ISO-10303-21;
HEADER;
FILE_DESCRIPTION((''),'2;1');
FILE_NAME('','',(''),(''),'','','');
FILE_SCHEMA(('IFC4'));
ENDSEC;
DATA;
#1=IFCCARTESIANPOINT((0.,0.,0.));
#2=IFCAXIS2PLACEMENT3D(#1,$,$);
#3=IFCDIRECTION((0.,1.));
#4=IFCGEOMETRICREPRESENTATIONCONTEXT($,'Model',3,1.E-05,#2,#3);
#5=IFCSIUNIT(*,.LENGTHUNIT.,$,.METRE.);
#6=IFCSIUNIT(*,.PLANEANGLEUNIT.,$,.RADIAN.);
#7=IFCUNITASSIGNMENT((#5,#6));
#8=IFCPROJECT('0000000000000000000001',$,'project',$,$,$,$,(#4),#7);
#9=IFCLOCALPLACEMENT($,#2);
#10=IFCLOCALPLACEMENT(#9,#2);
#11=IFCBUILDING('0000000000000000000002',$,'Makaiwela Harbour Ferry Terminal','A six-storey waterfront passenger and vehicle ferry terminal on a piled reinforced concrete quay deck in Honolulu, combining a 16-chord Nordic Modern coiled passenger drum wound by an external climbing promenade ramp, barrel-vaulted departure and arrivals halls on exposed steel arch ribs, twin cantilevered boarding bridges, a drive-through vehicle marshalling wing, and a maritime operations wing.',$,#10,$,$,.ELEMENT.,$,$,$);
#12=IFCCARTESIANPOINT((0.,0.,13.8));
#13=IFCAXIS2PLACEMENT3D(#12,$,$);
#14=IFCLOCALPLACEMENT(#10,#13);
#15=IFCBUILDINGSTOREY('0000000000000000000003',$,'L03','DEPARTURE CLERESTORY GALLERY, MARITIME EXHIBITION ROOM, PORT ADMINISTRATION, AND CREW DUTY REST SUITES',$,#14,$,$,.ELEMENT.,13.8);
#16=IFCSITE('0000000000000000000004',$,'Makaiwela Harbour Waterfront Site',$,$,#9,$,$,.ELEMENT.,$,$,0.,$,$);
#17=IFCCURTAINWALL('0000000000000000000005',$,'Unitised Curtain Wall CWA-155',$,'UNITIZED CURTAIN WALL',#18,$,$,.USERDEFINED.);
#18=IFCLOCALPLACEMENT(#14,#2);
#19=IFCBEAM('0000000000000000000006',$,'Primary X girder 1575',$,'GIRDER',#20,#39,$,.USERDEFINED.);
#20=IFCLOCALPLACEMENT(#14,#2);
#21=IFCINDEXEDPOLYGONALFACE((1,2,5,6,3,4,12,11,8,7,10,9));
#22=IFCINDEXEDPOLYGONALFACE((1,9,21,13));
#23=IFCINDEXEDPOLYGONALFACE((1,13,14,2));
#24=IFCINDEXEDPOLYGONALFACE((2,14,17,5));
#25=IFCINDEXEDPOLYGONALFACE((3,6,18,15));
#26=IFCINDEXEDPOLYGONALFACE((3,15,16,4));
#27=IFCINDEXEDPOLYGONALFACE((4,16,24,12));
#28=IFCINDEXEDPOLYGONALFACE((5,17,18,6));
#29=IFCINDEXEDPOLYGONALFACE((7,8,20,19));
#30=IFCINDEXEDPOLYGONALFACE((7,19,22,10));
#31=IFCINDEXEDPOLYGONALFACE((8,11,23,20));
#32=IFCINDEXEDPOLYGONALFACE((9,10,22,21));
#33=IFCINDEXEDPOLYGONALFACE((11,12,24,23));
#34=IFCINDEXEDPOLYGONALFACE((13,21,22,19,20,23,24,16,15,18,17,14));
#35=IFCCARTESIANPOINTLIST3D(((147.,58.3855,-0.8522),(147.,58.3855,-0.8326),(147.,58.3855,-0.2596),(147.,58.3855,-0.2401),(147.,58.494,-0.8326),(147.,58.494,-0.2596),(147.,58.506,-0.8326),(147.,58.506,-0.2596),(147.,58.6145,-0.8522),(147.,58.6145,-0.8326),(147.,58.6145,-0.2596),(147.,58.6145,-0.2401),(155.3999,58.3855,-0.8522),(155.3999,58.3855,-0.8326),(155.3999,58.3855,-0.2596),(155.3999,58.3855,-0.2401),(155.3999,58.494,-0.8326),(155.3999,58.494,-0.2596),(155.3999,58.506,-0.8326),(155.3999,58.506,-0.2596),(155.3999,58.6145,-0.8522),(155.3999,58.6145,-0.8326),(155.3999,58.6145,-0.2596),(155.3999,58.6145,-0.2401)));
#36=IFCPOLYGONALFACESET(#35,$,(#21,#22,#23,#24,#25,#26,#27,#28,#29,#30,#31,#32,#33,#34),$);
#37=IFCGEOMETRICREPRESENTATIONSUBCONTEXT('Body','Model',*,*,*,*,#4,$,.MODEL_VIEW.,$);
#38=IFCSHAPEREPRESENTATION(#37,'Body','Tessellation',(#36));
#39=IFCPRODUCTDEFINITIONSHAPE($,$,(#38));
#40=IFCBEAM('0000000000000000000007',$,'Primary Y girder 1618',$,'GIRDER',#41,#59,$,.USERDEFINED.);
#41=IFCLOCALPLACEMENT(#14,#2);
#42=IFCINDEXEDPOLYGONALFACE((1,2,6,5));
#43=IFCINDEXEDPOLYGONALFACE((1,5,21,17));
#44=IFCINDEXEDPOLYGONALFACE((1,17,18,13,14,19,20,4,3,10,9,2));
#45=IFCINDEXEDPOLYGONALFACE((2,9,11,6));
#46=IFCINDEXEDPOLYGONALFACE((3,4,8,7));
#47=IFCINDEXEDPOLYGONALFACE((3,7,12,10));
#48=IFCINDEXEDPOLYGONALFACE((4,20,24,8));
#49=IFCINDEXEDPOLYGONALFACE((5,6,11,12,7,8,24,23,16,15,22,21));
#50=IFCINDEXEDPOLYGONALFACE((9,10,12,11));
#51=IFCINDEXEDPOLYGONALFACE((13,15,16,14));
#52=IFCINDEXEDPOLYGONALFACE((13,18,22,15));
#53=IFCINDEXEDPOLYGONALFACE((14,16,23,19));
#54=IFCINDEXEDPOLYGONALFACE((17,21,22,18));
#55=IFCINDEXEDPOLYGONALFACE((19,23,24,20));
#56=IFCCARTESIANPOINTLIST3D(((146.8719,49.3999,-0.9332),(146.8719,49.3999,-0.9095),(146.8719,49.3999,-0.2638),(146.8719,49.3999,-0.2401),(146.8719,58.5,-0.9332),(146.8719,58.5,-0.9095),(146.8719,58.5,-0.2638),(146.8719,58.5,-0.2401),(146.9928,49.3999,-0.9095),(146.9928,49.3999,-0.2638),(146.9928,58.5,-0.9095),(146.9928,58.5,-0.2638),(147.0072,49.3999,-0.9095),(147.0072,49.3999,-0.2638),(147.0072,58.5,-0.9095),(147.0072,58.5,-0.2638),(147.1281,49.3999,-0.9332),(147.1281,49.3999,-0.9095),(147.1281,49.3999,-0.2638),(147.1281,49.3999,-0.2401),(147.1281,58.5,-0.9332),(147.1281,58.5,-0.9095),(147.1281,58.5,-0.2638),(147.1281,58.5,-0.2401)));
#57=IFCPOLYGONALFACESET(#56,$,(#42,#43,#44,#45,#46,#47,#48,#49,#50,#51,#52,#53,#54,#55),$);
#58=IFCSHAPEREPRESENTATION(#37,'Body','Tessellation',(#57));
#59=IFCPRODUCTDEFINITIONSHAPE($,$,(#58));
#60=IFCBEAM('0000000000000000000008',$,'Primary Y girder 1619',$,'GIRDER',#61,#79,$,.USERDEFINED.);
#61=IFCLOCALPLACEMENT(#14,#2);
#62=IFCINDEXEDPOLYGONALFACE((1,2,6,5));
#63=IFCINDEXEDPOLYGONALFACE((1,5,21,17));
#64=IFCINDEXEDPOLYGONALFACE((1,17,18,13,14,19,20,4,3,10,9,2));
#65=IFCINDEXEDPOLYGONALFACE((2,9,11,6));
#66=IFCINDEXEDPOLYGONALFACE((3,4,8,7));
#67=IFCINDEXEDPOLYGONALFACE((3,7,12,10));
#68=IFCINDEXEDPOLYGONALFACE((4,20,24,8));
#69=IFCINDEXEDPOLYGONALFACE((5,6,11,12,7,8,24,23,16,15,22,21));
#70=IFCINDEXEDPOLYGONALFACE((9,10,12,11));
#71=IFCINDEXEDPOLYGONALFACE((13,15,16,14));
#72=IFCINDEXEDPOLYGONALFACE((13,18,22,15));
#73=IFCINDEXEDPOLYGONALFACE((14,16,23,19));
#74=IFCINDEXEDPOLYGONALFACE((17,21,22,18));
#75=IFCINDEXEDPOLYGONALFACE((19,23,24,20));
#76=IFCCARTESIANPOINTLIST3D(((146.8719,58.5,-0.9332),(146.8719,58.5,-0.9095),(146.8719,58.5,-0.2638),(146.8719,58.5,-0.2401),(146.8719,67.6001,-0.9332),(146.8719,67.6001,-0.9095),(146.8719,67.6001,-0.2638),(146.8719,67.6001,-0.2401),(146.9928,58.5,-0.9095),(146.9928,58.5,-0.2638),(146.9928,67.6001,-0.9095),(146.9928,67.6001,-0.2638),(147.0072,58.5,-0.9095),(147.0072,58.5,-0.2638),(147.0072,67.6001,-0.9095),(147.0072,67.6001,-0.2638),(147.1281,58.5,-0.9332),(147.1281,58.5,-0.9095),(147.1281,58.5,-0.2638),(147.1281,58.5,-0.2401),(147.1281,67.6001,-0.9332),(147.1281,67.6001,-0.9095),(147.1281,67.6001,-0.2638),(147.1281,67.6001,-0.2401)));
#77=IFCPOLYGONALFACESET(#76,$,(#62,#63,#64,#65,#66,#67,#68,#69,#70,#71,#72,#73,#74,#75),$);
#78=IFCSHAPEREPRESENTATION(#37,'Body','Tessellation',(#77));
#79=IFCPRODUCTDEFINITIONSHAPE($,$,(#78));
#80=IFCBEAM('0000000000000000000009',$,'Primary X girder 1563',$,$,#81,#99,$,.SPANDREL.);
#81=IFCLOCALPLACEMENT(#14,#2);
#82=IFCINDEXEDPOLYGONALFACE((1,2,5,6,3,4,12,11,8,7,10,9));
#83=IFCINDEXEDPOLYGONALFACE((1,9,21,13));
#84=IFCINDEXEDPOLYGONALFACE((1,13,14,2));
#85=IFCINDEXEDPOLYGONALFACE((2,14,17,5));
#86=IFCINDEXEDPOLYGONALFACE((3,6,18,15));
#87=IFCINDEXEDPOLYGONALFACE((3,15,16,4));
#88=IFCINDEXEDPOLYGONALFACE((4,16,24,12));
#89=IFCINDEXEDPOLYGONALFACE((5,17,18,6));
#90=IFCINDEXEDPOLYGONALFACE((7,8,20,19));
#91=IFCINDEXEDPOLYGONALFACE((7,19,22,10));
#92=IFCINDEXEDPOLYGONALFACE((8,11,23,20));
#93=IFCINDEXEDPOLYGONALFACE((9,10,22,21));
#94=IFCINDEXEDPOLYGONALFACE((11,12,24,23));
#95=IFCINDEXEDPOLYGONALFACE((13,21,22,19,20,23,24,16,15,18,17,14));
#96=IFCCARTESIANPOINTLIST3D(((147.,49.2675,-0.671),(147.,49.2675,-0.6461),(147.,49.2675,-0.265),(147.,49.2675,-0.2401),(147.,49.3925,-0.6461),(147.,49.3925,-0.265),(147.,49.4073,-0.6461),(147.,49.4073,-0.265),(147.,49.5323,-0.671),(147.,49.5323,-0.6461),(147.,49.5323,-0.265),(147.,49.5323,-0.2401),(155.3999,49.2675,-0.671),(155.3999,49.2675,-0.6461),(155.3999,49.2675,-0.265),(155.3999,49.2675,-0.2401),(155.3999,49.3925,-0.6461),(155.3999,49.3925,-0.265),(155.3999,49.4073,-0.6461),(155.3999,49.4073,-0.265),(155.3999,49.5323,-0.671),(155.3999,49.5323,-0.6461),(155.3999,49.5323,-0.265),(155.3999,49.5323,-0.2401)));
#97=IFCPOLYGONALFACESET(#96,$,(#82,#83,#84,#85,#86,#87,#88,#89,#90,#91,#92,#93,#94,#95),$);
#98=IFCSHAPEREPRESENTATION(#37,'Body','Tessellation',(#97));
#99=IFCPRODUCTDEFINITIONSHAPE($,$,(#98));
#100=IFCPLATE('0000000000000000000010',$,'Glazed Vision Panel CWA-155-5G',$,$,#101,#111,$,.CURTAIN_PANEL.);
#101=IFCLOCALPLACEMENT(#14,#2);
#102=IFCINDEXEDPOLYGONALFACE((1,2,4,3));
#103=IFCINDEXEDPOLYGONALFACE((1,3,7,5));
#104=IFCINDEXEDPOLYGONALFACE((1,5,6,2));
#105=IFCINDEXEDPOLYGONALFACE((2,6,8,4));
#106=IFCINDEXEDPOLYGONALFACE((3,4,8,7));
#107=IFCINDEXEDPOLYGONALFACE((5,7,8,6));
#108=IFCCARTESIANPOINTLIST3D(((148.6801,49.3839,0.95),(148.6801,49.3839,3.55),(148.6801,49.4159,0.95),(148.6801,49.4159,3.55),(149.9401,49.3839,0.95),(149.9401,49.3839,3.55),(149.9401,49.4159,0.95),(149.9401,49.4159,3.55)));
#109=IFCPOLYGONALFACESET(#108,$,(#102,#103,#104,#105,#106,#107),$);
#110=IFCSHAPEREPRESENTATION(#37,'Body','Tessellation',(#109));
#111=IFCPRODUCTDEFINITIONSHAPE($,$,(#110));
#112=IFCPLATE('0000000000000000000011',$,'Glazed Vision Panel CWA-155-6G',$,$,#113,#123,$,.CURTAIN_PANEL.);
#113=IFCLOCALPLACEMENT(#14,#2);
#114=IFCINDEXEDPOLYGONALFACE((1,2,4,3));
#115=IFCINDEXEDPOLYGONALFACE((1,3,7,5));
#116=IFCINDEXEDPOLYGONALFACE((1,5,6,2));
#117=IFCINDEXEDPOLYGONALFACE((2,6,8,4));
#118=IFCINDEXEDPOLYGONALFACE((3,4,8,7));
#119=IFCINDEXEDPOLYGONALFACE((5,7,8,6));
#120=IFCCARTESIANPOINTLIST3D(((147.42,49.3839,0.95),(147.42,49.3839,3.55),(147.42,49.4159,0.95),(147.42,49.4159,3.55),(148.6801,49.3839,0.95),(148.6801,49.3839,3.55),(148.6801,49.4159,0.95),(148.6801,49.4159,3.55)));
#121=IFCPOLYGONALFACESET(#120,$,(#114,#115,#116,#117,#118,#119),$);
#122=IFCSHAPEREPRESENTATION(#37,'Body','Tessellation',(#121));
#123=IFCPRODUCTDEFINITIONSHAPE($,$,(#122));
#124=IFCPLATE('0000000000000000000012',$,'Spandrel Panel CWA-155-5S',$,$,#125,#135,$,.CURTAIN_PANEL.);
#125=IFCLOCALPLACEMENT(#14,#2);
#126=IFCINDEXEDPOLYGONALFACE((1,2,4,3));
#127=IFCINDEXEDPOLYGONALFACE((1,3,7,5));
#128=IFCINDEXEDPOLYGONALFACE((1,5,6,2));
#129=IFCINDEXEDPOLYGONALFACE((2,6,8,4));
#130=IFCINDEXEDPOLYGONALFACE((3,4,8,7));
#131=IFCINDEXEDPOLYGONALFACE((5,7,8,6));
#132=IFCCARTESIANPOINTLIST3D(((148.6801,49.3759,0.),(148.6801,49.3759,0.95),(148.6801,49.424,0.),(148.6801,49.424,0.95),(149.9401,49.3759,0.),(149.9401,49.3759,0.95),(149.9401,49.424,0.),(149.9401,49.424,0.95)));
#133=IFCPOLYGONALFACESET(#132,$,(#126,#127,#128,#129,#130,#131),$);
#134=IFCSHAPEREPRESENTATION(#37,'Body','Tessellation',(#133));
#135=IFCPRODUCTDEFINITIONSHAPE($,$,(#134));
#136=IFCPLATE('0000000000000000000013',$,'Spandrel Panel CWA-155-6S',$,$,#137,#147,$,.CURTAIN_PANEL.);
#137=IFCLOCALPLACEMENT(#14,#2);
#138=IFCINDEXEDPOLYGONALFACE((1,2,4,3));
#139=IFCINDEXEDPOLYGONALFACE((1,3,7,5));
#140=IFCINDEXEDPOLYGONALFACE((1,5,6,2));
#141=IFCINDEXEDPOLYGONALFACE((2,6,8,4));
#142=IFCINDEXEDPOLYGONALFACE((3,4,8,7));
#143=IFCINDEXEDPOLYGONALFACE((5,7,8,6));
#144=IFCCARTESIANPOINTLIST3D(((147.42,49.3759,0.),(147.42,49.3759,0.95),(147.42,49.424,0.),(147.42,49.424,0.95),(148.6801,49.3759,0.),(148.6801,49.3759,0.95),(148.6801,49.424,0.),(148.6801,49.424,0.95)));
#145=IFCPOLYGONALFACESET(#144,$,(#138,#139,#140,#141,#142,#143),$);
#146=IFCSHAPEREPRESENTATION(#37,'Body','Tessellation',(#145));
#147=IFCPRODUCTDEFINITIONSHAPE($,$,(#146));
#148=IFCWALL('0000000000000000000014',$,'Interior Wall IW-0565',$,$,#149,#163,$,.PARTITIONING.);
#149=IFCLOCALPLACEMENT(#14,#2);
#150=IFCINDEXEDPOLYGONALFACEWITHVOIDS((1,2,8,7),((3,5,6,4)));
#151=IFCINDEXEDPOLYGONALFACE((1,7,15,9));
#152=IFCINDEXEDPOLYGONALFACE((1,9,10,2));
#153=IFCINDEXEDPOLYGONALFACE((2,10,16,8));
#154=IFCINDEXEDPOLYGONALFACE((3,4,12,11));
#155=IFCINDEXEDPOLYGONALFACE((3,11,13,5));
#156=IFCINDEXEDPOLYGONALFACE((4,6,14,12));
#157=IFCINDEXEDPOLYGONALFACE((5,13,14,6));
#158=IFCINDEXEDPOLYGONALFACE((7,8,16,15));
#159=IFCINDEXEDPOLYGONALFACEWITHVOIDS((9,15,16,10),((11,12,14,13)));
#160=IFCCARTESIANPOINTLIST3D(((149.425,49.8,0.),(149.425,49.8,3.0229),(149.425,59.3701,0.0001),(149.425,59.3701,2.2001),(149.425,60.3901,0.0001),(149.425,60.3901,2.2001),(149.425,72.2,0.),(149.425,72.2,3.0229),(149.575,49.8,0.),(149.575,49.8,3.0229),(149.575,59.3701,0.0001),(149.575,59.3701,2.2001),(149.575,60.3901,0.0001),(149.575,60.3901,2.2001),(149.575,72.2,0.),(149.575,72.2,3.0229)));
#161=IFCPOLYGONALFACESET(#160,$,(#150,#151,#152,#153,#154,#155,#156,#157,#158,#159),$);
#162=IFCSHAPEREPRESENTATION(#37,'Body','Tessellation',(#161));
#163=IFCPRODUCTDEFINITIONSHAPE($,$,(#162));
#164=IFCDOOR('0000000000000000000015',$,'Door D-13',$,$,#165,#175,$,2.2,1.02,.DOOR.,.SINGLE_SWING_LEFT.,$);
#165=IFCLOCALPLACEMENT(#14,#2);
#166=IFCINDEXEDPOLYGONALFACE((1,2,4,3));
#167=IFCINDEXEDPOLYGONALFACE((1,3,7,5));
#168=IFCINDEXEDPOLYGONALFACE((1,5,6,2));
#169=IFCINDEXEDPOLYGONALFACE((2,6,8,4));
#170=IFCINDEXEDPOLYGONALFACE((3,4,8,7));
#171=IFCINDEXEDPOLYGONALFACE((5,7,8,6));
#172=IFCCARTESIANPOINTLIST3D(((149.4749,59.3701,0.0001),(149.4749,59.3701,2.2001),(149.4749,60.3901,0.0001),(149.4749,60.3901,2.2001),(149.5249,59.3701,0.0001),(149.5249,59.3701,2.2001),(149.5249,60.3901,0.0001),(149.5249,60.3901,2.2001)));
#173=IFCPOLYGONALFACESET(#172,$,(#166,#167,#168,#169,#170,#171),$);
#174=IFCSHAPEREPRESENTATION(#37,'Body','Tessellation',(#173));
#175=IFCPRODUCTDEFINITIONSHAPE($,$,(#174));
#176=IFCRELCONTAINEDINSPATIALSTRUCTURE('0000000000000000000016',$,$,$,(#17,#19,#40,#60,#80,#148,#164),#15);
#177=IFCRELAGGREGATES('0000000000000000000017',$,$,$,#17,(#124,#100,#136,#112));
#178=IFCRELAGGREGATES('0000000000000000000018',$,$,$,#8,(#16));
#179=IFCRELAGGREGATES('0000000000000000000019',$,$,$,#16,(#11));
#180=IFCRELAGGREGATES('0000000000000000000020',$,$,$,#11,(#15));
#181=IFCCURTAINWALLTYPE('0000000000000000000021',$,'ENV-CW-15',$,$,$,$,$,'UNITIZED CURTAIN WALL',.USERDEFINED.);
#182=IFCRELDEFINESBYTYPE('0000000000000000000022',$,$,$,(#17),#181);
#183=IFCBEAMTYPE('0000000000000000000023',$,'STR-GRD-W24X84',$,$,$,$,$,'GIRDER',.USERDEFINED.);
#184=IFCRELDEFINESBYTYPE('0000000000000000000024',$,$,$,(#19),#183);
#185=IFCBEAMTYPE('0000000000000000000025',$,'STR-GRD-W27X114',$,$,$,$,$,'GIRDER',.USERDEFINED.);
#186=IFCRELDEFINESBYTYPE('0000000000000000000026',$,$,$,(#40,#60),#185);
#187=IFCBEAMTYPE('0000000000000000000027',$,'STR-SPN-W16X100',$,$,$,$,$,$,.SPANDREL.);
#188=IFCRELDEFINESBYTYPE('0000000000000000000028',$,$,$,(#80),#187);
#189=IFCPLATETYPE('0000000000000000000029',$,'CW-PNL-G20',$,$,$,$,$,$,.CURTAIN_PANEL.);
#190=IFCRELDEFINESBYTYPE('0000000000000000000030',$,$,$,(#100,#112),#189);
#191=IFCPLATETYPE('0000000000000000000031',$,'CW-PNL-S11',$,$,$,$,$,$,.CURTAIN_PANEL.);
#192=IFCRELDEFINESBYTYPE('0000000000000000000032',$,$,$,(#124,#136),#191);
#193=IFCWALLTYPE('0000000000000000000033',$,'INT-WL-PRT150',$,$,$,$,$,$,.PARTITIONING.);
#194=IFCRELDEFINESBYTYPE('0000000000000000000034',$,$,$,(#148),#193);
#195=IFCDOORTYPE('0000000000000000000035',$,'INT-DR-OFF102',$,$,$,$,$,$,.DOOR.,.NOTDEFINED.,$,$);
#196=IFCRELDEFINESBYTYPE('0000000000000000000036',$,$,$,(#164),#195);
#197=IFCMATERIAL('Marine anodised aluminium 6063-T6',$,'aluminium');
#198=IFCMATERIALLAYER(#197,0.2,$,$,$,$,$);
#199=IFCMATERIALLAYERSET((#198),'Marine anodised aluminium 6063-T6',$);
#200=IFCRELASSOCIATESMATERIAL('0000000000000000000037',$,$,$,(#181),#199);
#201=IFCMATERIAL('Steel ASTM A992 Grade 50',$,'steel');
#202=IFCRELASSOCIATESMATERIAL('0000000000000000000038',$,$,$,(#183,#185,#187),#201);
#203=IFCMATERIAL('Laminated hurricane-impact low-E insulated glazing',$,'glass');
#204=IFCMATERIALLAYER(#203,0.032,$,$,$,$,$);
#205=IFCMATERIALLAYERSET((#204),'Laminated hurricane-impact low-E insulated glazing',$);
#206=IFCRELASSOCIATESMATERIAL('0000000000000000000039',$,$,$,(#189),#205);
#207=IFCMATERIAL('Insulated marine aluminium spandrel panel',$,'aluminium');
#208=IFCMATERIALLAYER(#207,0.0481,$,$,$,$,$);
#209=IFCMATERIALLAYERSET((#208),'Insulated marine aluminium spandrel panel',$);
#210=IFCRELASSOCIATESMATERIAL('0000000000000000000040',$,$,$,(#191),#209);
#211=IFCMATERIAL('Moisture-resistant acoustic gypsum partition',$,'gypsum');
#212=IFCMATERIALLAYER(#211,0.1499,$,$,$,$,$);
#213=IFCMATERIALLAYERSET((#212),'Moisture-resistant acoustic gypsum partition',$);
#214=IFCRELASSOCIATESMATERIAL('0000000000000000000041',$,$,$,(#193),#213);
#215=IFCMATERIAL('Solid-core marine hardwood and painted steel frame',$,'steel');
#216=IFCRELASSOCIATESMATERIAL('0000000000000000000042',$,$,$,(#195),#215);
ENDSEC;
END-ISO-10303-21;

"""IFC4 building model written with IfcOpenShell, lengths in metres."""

from ifc_helpers import new_model, si_unit, direction, frame, frame_2d, origin, origin_2d, place, context, subcontext, project, spatial, rectangle, i_section, extrude, material, layer, layer_set, material_profile, profile_set, type_object, element, fill, aggregate, save


model = new_model("IFC4")

# Units and contexts
model_context = context("Model", 3, precision=1e-05, world=origin(), true_north=direction((0.0, 1.0)))
body_context = subcontext(model_context, "Body", "Model", "MODEL_VIEW")
ifc_project = project(units=[si_unit("LENGTHUNIT", "METRE"), si_unit("PLANEANGLEUNIT", "RADIAN")], contexts=[model_context])

# Site, building, storey
site_placement = place(None, origin())
site = spatial("IfcSite", under=ifc_project, at=site_placement, Name="Makaiwela Harbour Waterfront Site", CompositionType="ELEMENT", RefElevation=0.0)
building_placement = place(site_placement, origin())
building = spatial("IfcBuilding", under=site, at=building_placement, Name="Makaiwela Harbour Ferry Terminal", Description="A six-storey waterfront passenger and vehicle ferry terminal on a piled reinforced concrete quay deck in Honolulu, combining a 16-chord Nordic Modern coiled passenger drum wound by an external climbing promenade ramp, barrel-vaulted departure and arrivals halls on exposed steel arch ribs, twin cantilevered boarding bridges, a drive-through vehicle marshalling wing, and a maritime operations wing.", CompositionType="ELEMENT")
storey_placement = place(building_placement, frame((0.0, 0.0, 13.8)))
storey = spatial("IfcBuildingStorey", under=building, at=storey_placement, Name="L03", Description="DEPARTURE CLERESTORY GALLERY, MARITIME EXHIBITION ROOM, PORT ADMINISTRATION, AND CREW DUTY REST SUITES", CompositionType="ELEMENT", Elevation=13.8)

# Shared definitions
ifc_material_1 = material(Name="Steel ASTM A992 Grade 50", Category="steel")

# Curtain wall
ifc_material_2 = material(Name="Marine anodised aluminium 6063-T6", Category="aluminium")
ifc_layer_1 = layer(ifc_material_2, 0.2)
ifc_layer_set_1 = layer_set([ifc_layer_1], Name="Marine anodised aluminium 6063-T6")
curtain_wall_type = type_object("IfcCurtainWallType", Name="ENV-CW-15", ElementType="UNITIZED CURTAIN WALL", PredefinedType="USERDEFINED", material=ifc_layer_set_1)
curtain_wall_1_placement = place(storey_placement, origin())
curtain_wall_1 = element("IfcCurtainWall", 1, at=curtain_wall_1_placement, inside=storey, type_object=curtain_wall_type, Name="Unitised Curtain Wall CWA-155", ObjectType="UNITIZED CURTAIN WALL", PredefinedType="USERDEFINED")

# Beams
ifc_material_profile_1 = material_profile(ifc_material_1, i_section(OverallWidth=0.229, OverallDepth=0.6121, WebThickness=0.012, FlangeThickness=0.0195, at=origin_2d()), Name="W24X84")
ifc_profile_set_1 = profile_set([ifc_material_profile_1], Name="Steel ASTM A992 Grade 50")
beam_type_1 = type_object("IfcBeamType", Name="STR-GRD-W24X84", ElementType="GIRDER", PredefinedType="USERDEFINED", material=ifc_profile_set_1)
beam_1_placement = place(storey_placement, frame((147.0, 58.5, -0.5461), z_axis=(1.0, 0.0, 0.0), x_axis=(0.0, 1.0, 0.0)))
element("IfcBeam", 2, at=beam_1_placement, inside=storey, type_object=beam_type_1, Name="Primary X girder 1575", ObjectType="GIRDER", PredefinedType="USERDEFINED", context=body_context, shape_type="SweptSolid", body=[
    extrude(i_section(OverallWidth=0.229, OverallDepth=0.6121, WebThickness=0.012, FlangeThickness=0.0195, at=origin_2d()), origin(), (0.0, 0.0, 1.0), 8.3999),
])
ifc_material_profile_2 = material_profile(ifc_material_1, i_section(OverallWidth=0.2561, OverallDepth=0.6931, WebThickness=0.0144, FlangeThickness=0.0237, at=origin_2d()), Name="W27X114")
ifc_profile_set_2 = profile_set([ifc_material_profile_2], Name="Steel ASTM A992 Grade 50")
beam_type_2 = type_object("IfcBeamType", Name="STR-GRD-W27X114", ElementType="GIRDER", PredefinedType="USERDEFINED", material=ifc_profile_set_2)
for number, where, z_axis, x_axis, name in (
    (3, (147.0, 49.3999, -0.5867), (0.0, 1.0, 0.0), (-1.0, 0.0, 0.0), "Primary Y girder 1618"),
    (4, (147.0, 58.5, -0.5867), (0.0, 1.0, 0.0), (-1.0, 0.0, 0.0), "Primary Y girder 1619"),
):
    element("IfcBeam", number, at=place(storey_placement, frame(where, z_axis=z_axis, x_axis=x_axis)), inside=storey, type_object=beam_type_2, Name=name, ObjectType="GIRDER", PredefinedType="USERDEFINED", context=body_context, shape_type="SweptSolid", body=[
        extrude(i_section(OverallWidth=0.2561, OverallDepth=0.6931, WebThickness=0.0144, FlangeThickness=0.0237, at=origin_2d()), origin(), (0.0, 0.0, 1.0), 9.1001),
    ])
ifc_material_profile_3 = material_profile(ifc_material_1, i_section(OverallWidth=0.2649, OverallDepth=0.4309, WebThickness=0.0149, FlangeThickness=0.0249, at=origin_2d()), Name="W16X100")
ifc_profile_set_3 = profile_set([ifc_material_profile_3], Name="Steel ASTM A992 Grade 50")
beam_type_3 = type_object("IfcBeamType", Name="STR-SPN-W16X100", PredefinedType="SPANDREL", material=ifc_profile_set_3)
beam_2_placement = place(storey_placement, frame((147.0, 49.3999, -0.4556), z_axis=(1.0, 0.0, 0.0), x_axis=(0.0, 1.0, 0.0)))
element("IfcBeam", 5, at=beam_2_placement, inside=storey, type_object=beam_type_3, Name="Primary X girder 1563", PredefinedType="SPANDREL", context=body_context, shape_type="SweptSolid", body=[
    extrude(i_section(OverallWidth=0.2649, OverallDepth=0.4309, WebThickness=0.0149, FlangeThickness=0.0249, at=origin_2d()), origin(), (0.0, 0.0, 1.0), 8.3999),
])

# Plates
ifc_material_3 = material(Name="Laminated hurricane-impact low-E insulated glazing", Category="glass")
ifc_layer_2 = layer(ifc_material_3, 0.032)
ifc_layer_set_2 = layer_set([ifc_layer_2], Name="Laminated hurricane-impact low-E insulated glazing")
plate_type_1 = type_object("IfcPlateType", Name="CW-PNL-G20", PredefinedType="CURTAIN_PANEL", material=ifc_layer_set_2)
plate_1_placement = place(storey_placement, frame((149.3101, 49.3999, 0.95), z_axis=(0.0, 0.0, 1.0), x_axis=(-1.0, 0.0, 0.0)))
plate_1 = element("IfcPlate", 6, at=plate_1_placement, type_object=plate_type_1, Name="Glazed Vision Panel CWA-155-5G", PredefinedType="CURTAIN_PANEL", context=body_context, shape_type="SweptSolid", body=[
    extrude(rectangle(XDim=1.26, YDim=0.032, at=origin_2d()), origin(), (0.0, 0.0, 1.0), 2.6001),
])
plate_2_placement = place(storey_placement, frame((148.05, 49.3999, 0.95), z_axis=(0.0, 0.0, 1.0), x_axis=(-1.0, 0.0, 0.0)))
plate_2 = element("IfcPlate", 7, at=plate_2_placement, type_object=plate_type_1, Name="Glazed Vision Panel CWA-155-6G", PredefinedType="CURTAIN_PANEL", context=body_context, shape_type="SweptSolid", body=[
    extrude(rectangle(XDim=1.26, YDim=0.032, at=origin_2d()), origin(), (0.0, 0.0, 1.0), 2.6001),
])
ifc_material_4 = material(Name="Insulated marine aluminium spandrel panel", Category="aluminium")
ifc_layer_3 = layer(ifc_material_4, 0.0481)
ifc_layer_set_3 = layer_set([ifc_layer_3], Name="Insulated marine aluminium spandrel panel")
plate_type_2 = type_object("IfcPlateType", Name="CW-PNL-S11", PredefinedType="CURTAIN_PANEL", material=ifc_layer_set_3)
plate_3_placement = place(storey_placement, frame((149.3101, 49.3999, 0.0), z_axis=(0.0, 0.0, 1.0), x_axis=(-1.0, 0.0, 0.0)))
plate_3 = element("IfcPlate", 8, at=plate_3_placement, type_object=plate_type_2, Name="Spandrel Panel CWA-155-5S", PredefinedType="CURTAIN_PANEL", context=body_context, shape_type="SweptSolid", body=[
    extrude(rectangle(XDim=1.26, YDim=0.0481, at=origin_2d()), origin(), (0.0, 0.0, 1.0), 0.95),
])
plate_4_placement = place(storey_placement, frame((148.05, 49.3999, 0.0), z_axis=(0.0, 0.0, 1.0), x_axis=(-1.0, 0.0, 0.0)))
plate_4 = element("IfcPlate", 9, at=plate_4_placement, type_object=plate_type_2, Name="Spandrel Panel CWA-155-6S", PredefinedType="CURTAIN_PANEL", context=body_context, shape_type="SweptSolid", body=[
    extrude(rectangle(XDim=1.26, YDim=0.0481, at=origin_2d()), origin(), (0.0, 0.0, 1.0), 0.95),
])
aggregate(curtain_wall_1, [plate_3, plate_1, plate_4, plate_2])

# Wall, opening, door
ifc_material_5 = material(Name="Moisture-resistant acoustic gypsum partition", Category="gypsum")
ifc_layer_4 = layer(ifc_material_5, 0.1499)
ifc_layer_set_4 = layer_set([ifc_layer_4], Name="Moisture-resistant acoustic gypsum partition")
wall_type_1 = type_object("IfcWallType", Name="INT-WL-PRT150", PredefinedType="PARTITIONING", material=ifc_layer_set_4)
wall_1_placement = place(storey_placement, frame((149.5, 49.8, 0.0), z_axis=(0.0, 0.0, 1.0), x_axis=(0.0, 1.0, 0.0)))
wall_1 = element("IfcWall", 10, at=wall_1_placement, inside=storey, type_object=wall_type_1, Name="Interior Wall IW-0565", PredefinedType="PARTITIONING", context=body_context, shape_type="SweptSolid", body=[
    extrude(rectangle(XDim=22.3999, YDim=0.1499, at=frame_2d((11.2, 0.0))), origin(), (0.0, 0.0, 1.0), 3.0229),
])
opening_placement = place(wall_1_placement, frame((9.5701, 0.0, 0.0)))
opening = element("IfcOpeningElement", 11, at=opening_placement, cuts=wall_1, PredefinedType="OPENING", context=body_context, shape_type="SweptSolid", body=[
    extrude(rectangle(XDim=1.02, YDim=2.2, at=frame_2d((0.51, 1.1001))), frame((0.0, 0.085, 0.0), z_axis=(0.0, -1.0, 0.0), x_axis=(1.0, 0.0, 0.0)), (0.0, 0.0, 1.0), 0.1699),
])
ifc_material_6 = material(Name="Solid-core marine hardwood and painted steel frame", Category="steel")
door_type = type_object("IfcDoorType", Name="INT-DR-OFF102", OperationType="NOTDEFINED", PredefinedType="DOOR", material=ifc_material_6)
door_placement = place(opening_placement, frame((1.02, 0.0, 0.0), z_axis=(0.0, 0.0, 1.0), x_axis=(-1.0, 0.0, 0.0)))
door = element("IfcDoor", 12, at=door_placement, inside=storey, type_object=door_type, Name="Door D-13", OperationType="SINGLE_SWING_LEFT", OverallHeight=2.2, OverallWidth=1.02, PredefinedType="DOOR", context=body_context, shape_type="SweptSolid", body=[
    extrude(rectangle(XDim=1.02, YDim=2.2, at=frame_2d((0.51, 1.1001))), frame((0.0, 0.0249, 0.0), z_axis=(0.0, -1.0, 0.0), x_axis=(1.0, 0.0, 0.0)), (0.0, 0.0, 1.0), 0.05),
])
fill(opening, door)

save(model, "model.ifc")
